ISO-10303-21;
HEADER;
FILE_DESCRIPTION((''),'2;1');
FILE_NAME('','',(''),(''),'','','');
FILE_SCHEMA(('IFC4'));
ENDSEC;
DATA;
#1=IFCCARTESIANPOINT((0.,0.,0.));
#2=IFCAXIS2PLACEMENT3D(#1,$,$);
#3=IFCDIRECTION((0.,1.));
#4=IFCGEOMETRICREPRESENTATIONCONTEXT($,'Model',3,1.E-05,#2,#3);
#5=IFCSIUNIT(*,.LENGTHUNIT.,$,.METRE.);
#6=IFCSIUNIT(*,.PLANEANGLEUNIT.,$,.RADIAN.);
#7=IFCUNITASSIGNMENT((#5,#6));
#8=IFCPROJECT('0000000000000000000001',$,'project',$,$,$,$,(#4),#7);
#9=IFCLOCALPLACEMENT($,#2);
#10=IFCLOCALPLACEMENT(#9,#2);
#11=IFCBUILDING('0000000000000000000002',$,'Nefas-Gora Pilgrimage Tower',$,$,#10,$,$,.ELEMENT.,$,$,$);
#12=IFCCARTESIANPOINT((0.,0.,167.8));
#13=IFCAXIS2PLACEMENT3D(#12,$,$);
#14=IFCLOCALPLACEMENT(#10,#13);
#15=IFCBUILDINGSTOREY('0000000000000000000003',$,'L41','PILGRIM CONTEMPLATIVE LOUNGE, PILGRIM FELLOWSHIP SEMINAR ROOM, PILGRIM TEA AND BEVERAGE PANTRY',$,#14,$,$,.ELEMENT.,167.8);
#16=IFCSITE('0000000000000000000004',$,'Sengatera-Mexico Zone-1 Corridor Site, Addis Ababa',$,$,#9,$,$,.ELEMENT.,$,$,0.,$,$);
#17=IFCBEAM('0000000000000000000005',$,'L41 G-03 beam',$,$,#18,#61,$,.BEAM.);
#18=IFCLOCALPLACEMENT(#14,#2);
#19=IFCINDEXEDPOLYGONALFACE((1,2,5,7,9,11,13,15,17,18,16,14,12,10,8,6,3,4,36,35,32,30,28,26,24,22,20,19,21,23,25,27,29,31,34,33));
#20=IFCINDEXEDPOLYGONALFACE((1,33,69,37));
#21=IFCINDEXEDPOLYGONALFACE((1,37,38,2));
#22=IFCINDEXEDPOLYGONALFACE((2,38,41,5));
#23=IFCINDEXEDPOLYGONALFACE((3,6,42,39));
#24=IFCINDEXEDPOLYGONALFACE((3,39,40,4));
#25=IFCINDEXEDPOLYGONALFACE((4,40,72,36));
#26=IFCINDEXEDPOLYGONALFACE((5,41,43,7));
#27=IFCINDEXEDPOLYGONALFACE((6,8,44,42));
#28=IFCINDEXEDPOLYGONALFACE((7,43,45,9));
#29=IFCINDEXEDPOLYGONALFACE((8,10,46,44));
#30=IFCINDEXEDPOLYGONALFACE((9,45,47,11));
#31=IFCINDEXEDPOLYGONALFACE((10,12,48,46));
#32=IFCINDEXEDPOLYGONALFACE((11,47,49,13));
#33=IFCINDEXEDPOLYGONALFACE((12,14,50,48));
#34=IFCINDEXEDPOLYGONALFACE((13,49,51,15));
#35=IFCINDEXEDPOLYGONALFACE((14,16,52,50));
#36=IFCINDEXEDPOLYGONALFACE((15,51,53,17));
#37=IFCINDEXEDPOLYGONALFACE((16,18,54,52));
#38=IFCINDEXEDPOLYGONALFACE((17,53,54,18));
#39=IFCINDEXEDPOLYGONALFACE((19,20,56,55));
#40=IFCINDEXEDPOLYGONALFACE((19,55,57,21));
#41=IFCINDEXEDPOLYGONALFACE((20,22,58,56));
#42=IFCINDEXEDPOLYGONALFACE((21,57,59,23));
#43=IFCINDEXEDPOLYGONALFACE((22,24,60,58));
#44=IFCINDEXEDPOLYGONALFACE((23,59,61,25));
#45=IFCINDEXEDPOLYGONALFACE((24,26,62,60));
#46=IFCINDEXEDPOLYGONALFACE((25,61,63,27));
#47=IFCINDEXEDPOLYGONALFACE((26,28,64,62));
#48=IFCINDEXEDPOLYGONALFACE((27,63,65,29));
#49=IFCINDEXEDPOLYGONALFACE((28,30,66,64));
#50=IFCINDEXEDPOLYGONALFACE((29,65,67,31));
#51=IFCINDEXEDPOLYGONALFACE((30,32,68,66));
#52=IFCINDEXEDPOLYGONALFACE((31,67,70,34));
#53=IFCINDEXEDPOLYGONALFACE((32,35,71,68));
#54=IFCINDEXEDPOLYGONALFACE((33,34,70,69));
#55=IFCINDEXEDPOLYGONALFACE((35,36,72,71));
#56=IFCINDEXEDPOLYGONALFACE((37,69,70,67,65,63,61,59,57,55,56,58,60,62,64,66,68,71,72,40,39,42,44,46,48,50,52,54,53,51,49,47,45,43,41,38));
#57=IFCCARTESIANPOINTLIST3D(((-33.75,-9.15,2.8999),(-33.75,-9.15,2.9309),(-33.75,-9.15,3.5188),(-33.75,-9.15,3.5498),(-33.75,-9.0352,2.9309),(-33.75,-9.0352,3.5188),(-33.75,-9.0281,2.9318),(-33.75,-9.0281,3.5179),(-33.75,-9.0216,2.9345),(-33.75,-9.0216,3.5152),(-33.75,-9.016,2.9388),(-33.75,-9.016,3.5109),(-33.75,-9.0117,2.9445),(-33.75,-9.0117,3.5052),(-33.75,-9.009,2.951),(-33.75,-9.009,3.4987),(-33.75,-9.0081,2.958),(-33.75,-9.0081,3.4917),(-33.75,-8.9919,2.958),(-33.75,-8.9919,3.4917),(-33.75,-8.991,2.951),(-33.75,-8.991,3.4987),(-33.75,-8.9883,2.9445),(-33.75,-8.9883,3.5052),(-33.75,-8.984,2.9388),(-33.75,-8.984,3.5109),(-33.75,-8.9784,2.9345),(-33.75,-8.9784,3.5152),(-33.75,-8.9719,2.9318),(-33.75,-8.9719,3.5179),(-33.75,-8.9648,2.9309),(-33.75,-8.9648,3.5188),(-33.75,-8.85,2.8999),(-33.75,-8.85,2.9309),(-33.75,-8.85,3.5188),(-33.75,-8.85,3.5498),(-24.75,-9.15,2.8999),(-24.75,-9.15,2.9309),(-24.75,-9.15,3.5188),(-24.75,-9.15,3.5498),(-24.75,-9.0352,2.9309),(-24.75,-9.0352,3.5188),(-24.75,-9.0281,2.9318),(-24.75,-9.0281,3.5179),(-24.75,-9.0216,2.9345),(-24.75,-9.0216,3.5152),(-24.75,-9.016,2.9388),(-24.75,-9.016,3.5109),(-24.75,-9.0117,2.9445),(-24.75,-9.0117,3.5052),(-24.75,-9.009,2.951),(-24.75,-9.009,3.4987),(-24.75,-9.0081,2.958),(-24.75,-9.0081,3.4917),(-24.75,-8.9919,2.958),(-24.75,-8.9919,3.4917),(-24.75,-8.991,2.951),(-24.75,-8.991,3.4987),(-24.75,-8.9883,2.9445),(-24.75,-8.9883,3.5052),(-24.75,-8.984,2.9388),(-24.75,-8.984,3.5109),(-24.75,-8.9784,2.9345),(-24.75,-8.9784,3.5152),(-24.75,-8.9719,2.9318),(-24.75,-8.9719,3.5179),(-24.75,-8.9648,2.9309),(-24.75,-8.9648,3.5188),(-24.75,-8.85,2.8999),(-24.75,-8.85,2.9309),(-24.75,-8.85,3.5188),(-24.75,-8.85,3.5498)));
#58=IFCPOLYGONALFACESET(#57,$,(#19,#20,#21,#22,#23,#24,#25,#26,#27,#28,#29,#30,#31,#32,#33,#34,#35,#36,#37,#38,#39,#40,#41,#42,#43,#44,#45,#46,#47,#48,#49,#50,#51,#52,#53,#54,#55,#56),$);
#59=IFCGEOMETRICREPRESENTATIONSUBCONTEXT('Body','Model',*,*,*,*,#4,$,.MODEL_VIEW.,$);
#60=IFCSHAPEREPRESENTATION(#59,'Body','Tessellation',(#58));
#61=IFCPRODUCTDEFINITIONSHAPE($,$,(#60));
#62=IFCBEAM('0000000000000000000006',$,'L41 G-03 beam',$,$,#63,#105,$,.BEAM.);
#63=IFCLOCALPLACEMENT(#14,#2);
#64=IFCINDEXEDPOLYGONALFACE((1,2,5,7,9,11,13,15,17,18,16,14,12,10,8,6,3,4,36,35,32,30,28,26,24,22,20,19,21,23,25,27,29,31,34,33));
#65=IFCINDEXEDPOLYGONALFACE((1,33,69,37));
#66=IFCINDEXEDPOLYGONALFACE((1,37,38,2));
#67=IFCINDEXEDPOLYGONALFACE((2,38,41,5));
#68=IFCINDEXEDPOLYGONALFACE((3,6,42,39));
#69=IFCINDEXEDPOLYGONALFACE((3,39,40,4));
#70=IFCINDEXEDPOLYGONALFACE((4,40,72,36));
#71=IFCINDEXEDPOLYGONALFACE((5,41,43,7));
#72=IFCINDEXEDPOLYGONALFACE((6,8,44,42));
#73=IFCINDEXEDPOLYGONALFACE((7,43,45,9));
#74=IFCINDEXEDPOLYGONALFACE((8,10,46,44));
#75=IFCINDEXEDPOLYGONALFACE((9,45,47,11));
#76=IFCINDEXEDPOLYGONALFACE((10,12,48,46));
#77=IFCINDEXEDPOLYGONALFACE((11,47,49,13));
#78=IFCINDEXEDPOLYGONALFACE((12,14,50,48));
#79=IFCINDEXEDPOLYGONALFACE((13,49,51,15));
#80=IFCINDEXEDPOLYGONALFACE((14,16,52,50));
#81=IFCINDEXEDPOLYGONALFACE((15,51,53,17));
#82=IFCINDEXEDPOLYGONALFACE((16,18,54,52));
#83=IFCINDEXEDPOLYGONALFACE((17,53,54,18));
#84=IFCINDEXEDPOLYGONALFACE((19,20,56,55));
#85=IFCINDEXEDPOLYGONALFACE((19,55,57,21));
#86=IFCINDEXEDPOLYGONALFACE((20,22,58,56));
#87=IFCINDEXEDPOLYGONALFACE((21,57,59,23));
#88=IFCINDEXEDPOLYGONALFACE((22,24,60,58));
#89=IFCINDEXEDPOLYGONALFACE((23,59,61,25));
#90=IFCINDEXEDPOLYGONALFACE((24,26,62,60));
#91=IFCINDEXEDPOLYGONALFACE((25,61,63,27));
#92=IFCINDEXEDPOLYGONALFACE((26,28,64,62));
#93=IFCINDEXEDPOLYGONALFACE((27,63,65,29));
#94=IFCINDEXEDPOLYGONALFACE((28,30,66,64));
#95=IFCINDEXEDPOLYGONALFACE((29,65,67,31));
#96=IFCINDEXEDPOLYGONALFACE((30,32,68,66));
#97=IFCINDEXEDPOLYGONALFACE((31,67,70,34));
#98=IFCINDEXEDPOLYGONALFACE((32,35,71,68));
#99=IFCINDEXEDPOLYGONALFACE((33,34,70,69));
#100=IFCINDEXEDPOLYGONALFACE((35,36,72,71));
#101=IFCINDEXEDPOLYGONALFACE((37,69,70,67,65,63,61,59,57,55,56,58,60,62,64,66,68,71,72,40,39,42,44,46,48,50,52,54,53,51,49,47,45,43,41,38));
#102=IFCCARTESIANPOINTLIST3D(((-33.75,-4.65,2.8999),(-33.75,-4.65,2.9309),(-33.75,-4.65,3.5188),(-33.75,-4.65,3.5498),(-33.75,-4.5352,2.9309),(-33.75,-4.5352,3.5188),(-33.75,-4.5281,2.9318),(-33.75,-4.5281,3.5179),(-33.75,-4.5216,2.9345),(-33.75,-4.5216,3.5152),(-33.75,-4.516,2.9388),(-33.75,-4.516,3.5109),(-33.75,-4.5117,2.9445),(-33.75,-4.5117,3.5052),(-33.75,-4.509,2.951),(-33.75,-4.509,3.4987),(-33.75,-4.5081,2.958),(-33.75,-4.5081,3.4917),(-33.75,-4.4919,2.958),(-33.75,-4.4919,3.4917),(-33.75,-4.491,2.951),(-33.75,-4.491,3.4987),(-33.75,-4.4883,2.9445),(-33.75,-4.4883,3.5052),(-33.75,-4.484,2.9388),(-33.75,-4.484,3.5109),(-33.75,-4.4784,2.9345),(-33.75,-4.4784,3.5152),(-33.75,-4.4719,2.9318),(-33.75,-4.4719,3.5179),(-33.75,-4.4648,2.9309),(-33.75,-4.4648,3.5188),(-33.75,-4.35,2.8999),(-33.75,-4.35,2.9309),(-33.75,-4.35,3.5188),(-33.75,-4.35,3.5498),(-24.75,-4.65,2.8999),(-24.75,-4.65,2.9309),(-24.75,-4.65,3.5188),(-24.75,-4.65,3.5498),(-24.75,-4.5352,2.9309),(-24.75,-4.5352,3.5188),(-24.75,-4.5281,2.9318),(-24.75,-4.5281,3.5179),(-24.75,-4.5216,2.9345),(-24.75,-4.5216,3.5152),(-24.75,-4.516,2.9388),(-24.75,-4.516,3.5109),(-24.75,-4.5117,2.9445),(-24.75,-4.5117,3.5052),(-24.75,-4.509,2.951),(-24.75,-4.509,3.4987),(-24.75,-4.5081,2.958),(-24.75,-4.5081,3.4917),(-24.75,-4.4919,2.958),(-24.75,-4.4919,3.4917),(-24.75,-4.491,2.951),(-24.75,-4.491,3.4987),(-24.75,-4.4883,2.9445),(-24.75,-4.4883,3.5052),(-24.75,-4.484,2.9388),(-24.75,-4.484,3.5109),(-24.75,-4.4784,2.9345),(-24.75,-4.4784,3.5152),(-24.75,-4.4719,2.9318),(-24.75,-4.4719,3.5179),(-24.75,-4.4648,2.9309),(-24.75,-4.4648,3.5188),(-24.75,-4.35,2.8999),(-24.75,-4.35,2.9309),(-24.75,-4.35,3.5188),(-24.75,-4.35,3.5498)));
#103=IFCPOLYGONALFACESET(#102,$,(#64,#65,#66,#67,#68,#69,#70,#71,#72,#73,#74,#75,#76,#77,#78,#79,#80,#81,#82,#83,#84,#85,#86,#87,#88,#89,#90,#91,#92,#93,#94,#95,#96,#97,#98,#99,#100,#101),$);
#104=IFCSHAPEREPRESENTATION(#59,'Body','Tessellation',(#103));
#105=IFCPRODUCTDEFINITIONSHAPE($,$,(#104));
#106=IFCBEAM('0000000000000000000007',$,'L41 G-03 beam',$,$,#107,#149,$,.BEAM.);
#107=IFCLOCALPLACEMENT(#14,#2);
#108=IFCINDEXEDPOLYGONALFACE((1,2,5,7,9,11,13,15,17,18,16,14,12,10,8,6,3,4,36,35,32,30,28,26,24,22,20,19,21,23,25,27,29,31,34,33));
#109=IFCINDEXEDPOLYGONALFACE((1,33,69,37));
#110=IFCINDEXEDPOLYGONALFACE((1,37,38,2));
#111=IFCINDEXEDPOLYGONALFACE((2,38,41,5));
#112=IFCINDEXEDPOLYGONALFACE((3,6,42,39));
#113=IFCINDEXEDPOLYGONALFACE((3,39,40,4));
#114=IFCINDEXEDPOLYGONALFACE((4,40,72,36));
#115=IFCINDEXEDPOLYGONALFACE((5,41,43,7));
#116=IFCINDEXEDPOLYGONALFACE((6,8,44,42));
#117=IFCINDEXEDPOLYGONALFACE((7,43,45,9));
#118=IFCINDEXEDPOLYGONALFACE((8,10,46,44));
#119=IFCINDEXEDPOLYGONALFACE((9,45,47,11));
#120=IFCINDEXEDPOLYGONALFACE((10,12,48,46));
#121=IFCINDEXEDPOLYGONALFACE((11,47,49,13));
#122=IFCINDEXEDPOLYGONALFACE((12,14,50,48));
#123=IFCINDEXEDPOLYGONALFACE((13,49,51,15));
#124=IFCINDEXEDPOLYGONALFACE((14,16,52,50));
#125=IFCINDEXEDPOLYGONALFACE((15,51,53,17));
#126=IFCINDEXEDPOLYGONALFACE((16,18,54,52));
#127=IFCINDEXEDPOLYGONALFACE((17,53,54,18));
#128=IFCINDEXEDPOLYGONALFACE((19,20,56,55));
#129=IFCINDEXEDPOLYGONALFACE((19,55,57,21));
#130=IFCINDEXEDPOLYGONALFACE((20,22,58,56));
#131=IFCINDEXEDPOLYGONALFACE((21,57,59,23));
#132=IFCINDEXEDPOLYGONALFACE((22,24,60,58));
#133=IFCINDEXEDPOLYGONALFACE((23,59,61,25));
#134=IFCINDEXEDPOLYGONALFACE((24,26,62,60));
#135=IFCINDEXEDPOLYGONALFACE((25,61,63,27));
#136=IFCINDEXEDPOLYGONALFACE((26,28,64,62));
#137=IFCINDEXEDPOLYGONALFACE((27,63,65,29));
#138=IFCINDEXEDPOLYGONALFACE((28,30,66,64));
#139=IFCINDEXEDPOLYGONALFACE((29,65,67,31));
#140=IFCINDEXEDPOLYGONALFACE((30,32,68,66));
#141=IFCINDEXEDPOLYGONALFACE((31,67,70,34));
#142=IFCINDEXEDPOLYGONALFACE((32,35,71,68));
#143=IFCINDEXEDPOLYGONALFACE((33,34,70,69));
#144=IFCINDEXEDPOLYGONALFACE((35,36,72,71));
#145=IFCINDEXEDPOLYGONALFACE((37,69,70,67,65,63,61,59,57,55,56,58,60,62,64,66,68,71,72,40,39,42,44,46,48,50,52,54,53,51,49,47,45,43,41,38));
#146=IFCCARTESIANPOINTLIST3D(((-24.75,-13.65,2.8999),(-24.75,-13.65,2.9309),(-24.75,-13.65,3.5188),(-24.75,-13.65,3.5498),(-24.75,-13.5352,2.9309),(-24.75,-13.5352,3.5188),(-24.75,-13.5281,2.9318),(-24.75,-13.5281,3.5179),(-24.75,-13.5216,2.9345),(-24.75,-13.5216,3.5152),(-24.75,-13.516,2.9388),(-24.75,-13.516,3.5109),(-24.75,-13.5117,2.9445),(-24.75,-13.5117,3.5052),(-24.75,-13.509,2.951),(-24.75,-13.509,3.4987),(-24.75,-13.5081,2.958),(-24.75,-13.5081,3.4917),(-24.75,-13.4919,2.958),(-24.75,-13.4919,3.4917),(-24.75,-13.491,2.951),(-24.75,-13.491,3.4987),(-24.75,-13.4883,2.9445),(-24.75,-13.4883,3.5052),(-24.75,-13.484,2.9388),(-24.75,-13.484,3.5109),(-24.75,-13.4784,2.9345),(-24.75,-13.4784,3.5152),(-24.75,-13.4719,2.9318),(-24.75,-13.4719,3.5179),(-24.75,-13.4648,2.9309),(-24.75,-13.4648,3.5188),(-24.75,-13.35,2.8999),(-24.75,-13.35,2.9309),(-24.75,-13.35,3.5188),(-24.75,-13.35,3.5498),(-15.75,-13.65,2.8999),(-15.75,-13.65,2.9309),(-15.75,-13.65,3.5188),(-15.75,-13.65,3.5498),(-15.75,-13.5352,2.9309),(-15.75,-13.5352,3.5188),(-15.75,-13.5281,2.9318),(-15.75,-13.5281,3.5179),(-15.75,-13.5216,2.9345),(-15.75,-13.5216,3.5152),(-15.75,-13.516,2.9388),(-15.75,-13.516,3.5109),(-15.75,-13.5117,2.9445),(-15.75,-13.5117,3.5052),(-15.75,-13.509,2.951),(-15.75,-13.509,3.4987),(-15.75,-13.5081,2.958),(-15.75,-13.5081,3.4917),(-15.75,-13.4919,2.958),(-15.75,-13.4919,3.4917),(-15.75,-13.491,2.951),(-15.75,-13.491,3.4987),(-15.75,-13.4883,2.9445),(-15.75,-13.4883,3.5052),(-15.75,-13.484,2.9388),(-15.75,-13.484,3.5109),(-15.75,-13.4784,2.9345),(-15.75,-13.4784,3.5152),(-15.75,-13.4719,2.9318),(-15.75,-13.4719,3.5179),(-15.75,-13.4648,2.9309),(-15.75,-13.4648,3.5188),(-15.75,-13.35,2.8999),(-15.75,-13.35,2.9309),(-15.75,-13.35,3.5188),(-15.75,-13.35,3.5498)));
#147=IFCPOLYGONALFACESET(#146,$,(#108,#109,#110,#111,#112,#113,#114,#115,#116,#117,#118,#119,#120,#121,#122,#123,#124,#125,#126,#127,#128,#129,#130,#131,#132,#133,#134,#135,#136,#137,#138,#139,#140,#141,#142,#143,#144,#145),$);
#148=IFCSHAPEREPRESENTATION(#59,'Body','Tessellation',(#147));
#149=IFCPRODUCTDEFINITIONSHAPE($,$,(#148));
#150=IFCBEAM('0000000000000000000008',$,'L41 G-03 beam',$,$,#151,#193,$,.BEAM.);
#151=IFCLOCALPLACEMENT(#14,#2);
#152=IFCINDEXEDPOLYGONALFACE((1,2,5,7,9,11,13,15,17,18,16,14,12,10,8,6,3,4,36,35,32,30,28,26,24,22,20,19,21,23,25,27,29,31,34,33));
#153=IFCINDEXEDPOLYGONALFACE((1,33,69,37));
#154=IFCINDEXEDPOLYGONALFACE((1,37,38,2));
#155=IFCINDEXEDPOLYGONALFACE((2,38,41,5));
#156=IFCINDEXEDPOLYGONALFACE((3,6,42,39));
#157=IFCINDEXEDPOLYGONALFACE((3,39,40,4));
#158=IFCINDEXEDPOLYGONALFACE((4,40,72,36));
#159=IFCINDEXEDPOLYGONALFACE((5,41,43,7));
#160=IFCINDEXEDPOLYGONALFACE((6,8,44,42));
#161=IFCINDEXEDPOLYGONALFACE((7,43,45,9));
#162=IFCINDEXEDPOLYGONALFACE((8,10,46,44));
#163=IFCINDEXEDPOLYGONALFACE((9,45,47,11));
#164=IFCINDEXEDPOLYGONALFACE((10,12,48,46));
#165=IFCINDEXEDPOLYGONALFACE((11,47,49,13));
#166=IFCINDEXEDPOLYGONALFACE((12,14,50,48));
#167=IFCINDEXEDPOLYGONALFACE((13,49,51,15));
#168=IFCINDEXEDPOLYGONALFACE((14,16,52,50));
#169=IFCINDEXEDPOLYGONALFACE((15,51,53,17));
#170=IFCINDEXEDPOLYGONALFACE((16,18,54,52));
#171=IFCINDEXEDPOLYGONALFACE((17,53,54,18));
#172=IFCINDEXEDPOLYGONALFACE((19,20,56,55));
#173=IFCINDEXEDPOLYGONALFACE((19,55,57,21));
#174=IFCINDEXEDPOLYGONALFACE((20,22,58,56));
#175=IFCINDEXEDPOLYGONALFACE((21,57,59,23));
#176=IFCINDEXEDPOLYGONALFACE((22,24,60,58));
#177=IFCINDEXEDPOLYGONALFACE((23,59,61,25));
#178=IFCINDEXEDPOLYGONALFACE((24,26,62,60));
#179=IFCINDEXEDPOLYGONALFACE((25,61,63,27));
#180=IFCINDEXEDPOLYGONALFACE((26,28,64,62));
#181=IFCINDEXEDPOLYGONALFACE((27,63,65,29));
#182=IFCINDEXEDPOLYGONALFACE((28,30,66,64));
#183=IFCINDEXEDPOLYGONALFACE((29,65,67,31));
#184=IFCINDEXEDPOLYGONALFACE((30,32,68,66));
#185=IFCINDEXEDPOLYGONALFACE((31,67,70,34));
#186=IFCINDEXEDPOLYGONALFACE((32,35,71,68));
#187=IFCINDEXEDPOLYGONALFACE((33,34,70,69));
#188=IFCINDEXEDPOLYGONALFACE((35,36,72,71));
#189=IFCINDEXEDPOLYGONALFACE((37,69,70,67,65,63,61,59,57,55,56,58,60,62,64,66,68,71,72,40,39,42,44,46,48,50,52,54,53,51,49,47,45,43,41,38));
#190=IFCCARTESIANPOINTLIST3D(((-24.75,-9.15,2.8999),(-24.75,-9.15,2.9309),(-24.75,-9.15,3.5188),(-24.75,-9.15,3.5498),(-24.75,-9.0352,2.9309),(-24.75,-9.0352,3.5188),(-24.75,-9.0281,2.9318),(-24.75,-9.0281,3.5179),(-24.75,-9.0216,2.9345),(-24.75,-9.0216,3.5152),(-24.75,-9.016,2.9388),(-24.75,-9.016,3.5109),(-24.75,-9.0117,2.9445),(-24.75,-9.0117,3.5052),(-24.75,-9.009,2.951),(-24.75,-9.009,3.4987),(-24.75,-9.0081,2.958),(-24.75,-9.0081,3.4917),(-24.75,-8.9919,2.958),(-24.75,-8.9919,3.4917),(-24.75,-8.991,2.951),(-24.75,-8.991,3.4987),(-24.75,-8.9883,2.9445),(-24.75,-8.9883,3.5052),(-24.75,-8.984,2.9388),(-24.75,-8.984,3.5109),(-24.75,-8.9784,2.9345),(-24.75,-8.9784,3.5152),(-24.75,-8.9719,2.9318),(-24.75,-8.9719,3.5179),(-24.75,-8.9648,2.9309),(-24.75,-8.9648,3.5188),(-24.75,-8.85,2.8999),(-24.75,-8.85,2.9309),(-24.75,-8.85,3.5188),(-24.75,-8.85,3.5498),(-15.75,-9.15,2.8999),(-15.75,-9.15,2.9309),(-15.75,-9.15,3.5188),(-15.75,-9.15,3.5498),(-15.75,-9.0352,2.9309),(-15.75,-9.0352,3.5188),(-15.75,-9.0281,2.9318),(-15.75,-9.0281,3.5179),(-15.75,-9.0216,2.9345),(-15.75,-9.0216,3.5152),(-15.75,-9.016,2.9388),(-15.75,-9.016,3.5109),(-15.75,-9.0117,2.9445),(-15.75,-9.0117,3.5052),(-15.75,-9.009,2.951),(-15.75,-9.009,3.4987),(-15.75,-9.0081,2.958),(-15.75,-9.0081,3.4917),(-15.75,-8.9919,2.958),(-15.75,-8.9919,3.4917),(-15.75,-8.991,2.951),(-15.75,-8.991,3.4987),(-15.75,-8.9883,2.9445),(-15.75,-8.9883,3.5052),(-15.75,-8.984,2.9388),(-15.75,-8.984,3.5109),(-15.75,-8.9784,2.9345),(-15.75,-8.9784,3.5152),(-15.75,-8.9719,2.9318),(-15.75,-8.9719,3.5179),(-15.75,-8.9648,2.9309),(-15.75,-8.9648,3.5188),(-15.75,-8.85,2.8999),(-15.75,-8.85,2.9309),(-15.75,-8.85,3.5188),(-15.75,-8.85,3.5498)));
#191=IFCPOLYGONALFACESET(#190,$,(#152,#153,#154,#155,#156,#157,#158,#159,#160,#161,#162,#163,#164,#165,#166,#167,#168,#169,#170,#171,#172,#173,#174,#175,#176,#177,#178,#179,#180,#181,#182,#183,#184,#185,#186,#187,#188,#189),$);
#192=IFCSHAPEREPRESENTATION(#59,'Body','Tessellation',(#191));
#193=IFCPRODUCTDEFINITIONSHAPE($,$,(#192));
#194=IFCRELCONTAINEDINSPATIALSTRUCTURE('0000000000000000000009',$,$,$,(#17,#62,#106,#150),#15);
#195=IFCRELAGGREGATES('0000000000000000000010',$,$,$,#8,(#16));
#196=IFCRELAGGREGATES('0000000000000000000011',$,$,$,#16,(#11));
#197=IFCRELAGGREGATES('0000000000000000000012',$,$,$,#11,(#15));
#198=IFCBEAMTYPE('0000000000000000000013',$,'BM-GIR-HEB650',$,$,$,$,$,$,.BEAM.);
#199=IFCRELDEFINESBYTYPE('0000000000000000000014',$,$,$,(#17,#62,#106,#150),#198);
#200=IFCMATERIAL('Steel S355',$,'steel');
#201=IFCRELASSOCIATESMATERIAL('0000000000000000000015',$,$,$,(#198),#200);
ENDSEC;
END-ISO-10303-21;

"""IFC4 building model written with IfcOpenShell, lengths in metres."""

from ifc_helpers import new_model, si_unit, direction, frame, origin, origin_2d, place, context, subcontext, project, spatial, i_section, extrude, source, transform, mapped, material, material_profile, profile_set, type_object, element, save


model = new_model("IFC4")

# Units and contexts
model_context = context("Model", 3, precision=1e-05, world=origin(), true_north=direction((0.0, 1.0)))
body_context = subcontext(model_context, "Body", "Model", "MODEL_VIEW")
ifc_project = project(units=[si_unit("LENGTHUNIT", "METRE"), si_unit("PLANEANGLEUNIT", "RADIAN")], contexts=[model_context])

# Site, building, storey
site_placement = place(None, origin())
site = spatial("IfcSite", under=ifc_project, at=site_placement, Name="Sengatera-Mexico Zone-1 Corridor Site, Addis Ababa", CompositionType="ELEMENT", RefElevation=0.0)
building_placement = place(site_placement, origin())
building = spatial("IfcBuilding", under=site, at=building_placement, Name="Nefas-Gora Pilgrimage Tower", CompositionType="ELEMENT")
storey_placement = place(building_placement, frame((0.0, 0.0, 167.8)))
storey = spatial("IfcBuildingStorey", under=building, at=storey_placement, Name="L41", Description="PILGRIM CONTEMPLATIVE LOUNGE, PILGRIM FELLOWSHIP SEMINAR ROOM, PILGRIM TEA AND BEVERAGE PANTRY", CompositionType="ELEMENT", Elevation=167.8)

# Beams
ifc_material_1 = material(Name="Steel S355", Category="steel")
ifc_material_profile_1 = material_profile(ifc_material_1, i_section(OverallWidth=0.3, OverallDepth=0.6499, WebThickness=0.0161, FlangeThickness=0.031, FilletRadius=0.0271, at=origin_2d()), Name="HEB 650")
ifc_profile_set_1 = profile_set([ifc_material_profile_1], Name="Steel S355")
beam_type_1 = type_object("IfcBeamType", Name="BM-GIR-HEB650", PredefinedType="BEAM", material=ifc_profile_set_1)
shared_shape_1 = source(origin(), body_context, "Body", "SweptSolid", [
    extrude(i_section(OverallWidth=0.3, OverallDepth=0.6499, WebThickness=0.0161, FlangeThickness=0.031, FilletRadius=0.0271, at=origin_2d()), origin(), (0.0, 0.0, 1.0), 9.0),
])
for number, where, z_axis, x_axis, name in (
    (1, (-33.75, -9.0, 3.2249), (1.0, 0.0, 0.0), (0.0, 1.0, 0.0), "L41 G-03 beam"),
    (2, (-33.75, -4.5, 3.2249), (1.0, 0.0, 0.0), (0.0, 1.0, 0.0), "L41 G-03 beam"),
    (3, (-24.75, -13.5, 3.2249), (1.0, 0.0, 0.0), (0.0, 1.0, 0.0), "L41 G-03 beam"),
    (4, (-24.75, -9.0, 3.2249), (1.0, 0.0, 0.0), (0.0, 1.0, 0.0), "L41 G-03 beam"),
):
    element("IfcBeam", number, at=place(storey_placement, frame(where, z_axis=z_axis, x_axis=x_axis)), inside=storey, type_object=beam_type_1, Name=name, PredefinedType="BEAM", context=body_context, shape_type="MappedRepresentation", body=[
        mapped(shared_shape_1, transform((0.0, 0.0, 0.0), x_axis=(1.0, 0.0, 0.0), y_axis=(0.0, 1.0, 0.0), z_axis=(0.0, 0.0, 1.0), scale=1.0)),
    ])

save(model, "model.ifc")
